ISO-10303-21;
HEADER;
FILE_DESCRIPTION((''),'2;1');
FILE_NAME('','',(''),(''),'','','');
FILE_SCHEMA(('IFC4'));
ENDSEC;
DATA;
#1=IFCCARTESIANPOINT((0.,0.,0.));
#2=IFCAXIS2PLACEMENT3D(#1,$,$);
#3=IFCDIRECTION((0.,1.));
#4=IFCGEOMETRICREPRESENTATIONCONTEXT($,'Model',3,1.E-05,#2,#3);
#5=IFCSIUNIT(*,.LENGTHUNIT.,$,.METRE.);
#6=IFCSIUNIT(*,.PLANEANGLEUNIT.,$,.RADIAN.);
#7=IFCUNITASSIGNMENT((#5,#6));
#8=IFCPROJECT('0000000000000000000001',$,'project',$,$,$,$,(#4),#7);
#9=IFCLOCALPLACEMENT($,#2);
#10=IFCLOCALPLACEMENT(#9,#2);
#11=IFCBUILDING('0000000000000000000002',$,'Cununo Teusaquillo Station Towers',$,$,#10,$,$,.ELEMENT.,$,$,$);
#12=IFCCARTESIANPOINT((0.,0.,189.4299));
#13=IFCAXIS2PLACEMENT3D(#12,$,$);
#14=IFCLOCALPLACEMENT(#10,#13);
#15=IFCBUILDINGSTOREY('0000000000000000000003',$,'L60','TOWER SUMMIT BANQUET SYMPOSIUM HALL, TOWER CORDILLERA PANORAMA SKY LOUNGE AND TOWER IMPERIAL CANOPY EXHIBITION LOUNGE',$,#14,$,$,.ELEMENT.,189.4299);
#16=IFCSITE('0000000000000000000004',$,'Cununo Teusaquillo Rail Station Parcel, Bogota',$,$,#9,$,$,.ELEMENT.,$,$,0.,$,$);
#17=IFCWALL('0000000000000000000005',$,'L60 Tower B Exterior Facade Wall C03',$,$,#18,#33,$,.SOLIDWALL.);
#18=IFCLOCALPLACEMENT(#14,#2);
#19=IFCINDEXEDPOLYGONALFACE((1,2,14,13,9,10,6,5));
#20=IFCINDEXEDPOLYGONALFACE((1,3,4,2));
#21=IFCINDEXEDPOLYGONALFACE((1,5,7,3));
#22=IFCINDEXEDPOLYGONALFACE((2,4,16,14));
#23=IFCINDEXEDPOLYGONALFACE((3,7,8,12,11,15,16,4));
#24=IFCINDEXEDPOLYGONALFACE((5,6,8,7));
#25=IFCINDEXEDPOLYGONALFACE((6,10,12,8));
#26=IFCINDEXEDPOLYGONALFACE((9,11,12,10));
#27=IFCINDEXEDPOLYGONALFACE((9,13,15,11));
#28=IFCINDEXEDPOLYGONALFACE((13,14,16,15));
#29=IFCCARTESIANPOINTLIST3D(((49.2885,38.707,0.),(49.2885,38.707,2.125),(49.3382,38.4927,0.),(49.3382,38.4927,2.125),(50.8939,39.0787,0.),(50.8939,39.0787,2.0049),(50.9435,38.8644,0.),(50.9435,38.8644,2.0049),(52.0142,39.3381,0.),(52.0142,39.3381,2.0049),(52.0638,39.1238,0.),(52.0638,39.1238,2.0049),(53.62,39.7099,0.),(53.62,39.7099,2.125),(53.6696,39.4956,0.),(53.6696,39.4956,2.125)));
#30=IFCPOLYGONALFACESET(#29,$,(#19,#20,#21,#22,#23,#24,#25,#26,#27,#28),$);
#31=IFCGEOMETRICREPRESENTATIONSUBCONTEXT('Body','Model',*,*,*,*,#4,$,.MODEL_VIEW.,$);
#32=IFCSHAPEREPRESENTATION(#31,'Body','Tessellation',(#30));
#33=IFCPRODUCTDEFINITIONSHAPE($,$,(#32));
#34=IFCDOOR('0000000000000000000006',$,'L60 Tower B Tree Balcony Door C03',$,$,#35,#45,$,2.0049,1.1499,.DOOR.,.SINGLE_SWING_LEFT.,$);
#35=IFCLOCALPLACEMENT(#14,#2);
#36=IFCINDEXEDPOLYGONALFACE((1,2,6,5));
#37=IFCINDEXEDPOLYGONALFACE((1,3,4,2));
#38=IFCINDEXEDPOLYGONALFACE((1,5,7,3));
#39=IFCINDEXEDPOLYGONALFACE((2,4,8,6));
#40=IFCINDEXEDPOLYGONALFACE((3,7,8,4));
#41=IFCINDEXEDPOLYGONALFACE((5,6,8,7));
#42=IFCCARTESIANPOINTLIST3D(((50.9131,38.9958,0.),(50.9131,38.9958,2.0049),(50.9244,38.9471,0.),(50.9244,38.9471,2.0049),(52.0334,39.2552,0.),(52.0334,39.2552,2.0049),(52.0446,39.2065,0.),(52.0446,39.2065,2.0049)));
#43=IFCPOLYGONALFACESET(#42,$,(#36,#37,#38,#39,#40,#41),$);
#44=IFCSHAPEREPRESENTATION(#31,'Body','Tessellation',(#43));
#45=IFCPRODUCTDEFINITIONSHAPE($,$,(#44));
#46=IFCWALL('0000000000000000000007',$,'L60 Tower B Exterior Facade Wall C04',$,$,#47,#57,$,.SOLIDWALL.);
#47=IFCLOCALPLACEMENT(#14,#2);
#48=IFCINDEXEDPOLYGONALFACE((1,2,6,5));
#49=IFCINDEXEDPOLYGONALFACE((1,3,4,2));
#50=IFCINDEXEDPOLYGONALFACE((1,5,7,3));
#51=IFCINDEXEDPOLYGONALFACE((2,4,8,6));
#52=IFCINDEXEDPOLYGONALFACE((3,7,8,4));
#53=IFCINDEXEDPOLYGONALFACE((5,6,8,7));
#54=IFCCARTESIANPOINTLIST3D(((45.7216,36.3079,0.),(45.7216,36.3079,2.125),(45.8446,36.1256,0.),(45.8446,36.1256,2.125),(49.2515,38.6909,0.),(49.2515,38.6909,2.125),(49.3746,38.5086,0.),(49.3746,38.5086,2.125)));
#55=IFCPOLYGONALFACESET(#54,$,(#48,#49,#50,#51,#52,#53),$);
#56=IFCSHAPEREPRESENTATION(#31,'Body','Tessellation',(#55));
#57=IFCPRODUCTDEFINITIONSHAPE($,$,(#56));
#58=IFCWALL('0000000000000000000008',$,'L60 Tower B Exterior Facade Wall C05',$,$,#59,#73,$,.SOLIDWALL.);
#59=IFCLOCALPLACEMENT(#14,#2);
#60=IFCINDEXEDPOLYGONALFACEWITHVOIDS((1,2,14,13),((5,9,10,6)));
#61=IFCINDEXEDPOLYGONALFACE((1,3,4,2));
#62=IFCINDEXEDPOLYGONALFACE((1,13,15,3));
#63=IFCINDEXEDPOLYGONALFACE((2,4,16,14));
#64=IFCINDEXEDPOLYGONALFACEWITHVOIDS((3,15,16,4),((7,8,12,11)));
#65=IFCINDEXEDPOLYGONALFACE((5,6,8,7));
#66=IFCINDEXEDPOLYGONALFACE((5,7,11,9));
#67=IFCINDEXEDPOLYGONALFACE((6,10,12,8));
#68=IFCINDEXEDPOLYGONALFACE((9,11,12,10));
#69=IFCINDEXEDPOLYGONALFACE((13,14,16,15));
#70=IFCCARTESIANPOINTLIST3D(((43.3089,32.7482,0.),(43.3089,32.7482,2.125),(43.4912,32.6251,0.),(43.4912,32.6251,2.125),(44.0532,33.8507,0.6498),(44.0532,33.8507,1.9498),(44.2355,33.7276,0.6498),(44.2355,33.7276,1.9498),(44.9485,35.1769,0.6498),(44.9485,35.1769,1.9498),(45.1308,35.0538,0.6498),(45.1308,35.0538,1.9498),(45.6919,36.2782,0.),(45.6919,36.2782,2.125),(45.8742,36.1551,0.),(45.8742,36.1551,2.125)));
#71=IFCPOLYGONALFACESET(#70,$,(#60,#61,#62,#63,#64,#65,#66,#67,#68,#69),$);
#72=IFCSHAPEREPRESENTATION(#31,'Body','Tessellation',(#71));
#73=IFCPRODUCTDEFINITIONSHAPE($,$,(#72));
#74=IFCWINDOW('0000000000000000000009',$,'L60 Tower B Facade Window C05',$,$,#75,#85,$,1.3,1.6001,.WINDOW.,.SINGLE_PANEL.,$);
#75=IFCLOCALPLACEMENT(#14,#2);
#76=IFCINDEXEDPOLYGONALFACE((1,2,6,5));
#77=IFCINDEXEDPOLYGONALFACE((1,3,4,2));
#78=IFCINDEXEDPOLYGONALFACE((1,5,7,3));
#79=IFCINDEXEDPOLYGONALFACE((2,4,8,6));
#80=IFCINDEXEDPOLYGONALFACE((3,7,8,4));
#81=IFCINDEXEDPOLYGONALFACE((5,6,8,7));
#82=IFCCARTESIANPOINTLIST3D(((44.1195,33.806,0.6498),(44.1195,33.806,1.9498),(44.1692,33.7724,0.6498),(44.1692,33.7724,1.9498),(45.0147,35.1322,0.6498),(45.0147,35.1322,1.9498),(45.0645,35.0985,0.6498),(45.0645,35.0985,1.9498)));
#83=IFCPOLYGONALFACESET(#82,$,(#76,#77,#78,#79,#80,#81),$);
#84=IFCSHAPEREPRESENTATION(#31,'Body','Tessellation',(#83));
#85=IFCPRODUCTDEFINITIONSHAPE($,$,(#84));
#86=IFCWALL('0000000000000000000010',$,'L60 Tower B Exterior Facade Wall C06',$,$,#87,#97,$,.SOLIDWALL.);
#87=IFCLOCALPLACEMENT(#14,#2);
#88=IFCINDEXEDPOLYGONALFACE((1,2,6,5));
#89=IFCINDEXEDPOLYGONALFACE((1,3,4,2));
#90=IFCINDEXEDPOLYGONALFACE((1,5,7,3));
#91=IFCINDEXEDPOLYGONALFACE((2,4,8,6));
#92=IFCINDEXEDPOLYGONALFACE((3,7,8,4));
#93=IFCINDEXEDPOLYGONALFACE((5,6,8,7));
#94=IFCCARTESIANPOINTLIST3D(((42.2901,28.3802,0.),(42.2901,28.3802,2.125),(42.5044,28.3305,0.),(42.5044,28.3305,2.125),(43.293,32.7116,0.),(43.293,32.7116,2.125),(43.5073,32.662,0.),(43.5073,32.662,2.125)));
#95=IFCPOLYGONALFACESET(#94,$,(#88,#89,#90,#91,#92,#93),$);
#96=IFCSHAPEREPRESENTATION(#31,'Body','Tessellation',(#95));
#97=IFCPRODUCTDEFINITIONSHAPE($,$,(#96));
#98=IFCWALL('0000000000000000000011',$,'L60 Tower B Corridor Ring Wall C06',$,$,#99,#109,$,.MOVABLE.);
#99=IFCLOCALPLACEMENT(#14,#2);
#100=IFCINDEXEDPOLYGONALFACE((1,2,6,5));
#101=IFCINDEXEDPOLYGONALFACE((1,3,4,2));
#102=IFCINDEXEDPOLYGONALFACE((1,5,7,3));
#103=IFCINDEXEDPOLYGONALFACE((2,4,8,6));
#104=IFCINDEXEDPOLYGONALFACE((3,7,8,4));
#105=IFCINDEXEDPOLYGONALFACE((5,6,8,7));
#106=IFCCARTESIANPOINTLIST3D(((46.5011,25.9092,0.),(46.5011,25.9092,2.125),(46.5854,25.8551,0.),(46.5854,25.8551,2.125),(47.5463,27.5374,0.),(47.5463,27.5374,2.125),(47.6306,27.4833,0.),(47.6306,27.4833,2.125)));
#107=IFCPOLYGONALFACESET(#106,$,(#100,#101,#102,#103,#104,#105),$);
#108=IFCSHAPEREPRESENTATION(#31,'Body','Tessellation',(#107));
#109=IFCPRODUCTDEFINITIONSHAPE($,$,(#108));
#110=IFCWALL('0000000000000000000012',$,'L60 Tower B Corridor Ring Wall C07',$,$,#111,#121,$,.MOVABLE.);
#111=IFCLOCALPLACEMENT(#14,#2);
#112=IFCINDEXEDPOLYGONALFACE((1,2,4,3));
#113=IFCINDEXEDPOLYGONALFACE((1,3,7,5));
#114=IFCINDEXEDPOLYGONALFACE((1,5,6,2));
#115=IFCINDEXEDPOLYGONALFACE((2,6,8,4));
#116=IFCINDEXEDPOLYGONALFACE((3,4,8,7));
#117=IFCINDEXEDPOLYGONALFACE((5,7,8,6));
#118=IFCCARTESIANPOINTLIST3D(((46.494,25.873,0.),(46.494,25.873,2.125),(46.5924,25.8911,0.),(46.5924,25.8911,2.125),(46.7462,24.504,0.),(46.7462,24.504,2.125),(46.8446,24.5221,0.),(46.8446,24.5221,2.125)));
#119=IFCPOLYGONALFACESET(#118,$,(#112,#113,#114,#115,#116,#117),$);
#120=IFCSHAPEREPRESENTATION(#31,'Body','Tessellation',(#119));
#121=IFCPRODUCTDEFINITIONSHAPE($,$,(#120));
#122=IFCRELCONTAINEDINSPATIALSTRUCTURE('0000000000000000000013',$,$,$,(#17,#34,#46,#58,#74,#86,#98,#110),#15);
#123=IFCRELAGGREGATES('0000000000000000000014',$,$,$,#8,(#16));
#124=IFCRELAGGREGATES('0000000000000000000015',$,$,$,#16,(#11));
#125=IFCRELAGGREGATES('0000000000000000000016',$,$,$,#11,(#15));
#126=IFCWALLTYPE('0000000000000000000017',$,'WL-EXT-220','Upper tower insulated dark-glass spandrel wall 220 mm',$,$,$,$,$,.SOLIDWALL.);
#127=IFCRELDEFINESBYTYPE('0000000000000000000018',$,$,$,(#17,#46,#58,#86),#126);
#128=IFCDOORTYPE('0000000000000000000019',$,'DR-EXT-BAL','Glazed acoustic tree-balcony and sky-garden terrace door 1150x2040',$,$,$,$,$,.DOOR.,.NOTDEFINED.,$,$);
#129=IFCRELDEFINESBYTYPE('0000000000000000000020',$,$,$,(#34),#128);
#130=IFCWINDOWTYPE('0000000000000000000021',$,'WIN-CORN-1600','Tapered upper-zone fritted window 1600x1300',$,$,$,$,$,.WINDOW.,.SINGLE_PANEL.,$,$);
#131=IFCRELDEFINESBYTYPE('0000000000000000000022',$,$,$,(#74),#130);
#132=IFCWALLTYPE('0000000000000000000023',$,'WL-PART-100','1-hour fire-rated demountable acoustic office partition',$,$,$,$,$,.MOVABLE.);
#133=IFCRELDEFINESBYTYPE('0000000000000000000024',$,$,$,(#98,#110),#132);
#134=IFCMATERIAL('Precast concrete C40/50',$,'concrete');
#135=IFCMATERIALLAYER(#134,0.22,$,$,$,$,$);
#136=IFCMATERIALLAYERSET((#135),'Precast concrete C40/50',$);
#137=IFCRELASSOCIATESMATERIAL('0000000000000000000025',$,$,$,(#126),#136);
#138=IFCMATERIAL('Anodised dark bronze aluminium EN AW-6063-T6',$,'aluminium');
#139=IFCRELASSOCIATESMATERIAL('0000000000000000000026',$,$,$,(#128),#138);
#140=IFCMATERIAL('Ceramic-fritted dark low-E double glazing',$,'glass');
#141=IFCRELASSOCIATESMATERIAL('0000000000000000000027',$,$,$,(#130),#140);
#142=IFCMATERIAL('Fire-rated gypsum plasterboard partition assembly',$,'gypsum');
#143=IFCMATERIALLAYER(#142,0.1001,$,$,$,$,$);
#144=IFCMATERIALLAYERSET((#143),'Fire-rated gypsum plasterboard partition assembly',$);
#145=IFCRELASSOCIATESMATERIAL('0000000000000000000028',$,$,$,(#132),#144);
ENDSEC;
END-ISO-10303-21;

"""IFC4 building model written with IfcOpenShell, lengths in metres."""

from ifc_helpers import new_model, si_unit, direction, frame, frame_2d, origin, place, context, subcontext, project, spatial, rectangle, extrude, source, transform, mapped, material, layer, layer_set, type_object, element, fill, save


model = new_model("IFC4")

# Units and contexts
model_context = context("Model", 3, precision=1e-05, world=origin(), true_north=direction((0.0, 1.0)))
body_context = subcontext(model_context, "Body", "Model", "MODEL_VIEW")
ifc_project = project(units=[si_unit("LENGTHUNIT", "METRE"), si_unit("PLANEANGLEUNIT", "RADIAN")], contexts=[model_context])

# Site, building, storey
site_placement = place(None, origin())
site = spatial("IfcSite", under=ifc_project, at=site_placement, Name="Cununo Teusaquillo Rail Station Parcel, Bogota", CompositionType="ELEMENT", RefElevation=0.0)
building_placement = place(site_placement, origin())
building = spatial("IfcBuilding", under=site, at=building_placement, Name="Cununo Teusaquillo Station Towers", CompositionType="ELEMENT")
storey_placement = place(building_placement, frame((0.0, 0.0, 189.4299)))
storey = spatial("IfcBuildingStorey", under=building, at=storey_placement, Name="L60", Description="TOWER SUMMIT BANQUET SYMPOSIUM HALL, TOWER CORDILLERA PANORAMA SKY LOUNGE AND TOWER IMPERIAL CANOPY EXHIBITION LOUNGE", CompositionType="ELEMENT", Elevation=189.4299)

# Wall, opening, door
ifc_material_1 = material(Name="Precast concrete C40/50", Category="concrete")
ifc_layer_1 = layer(ifc_material_1, 0.22)
ifc_layer_set_1 = layer_set([ifc_layer_1], Name="Precast concrete C40/50")
wall_type_1 = type_object("IfcWallType", Name="WL-EXT-220", Description="Upper tower insulated dark-glass spandrel wall 220 mm", PredefinedType="SOLIDWALL", material=ifc_layer_set_1)
wall_1_placement = place(storey_placement, frame((49.3132, 38.5999, 0.0), z_axis=(0.0, 0.0, 1.0), x_axis=(0.974226, 0.225573, 0.0)))
wall_1 = element("IfcWall", 1, at=wall_1_placement, inside=storey, type_object=wall_type_1, Name="L60 Tower B Exterior Facade Wall C03", PredefinedType="SOLIDWALL", context=body_context, shape_type="SweptSolid", body=[
    extrude(rectangle(XDim=4.446, YDim=0.22, at=frame_2d((2.2231, 0.0))), origin(), (0.0, 0.0, 1.0), 2.125),
])
shared_shape_1 = source(origin(), body_context, "Body", "SweptSolid", [
    extrude(rectangle(XDim=1.1499, YDim=2.0049, at=frame_2d((0.575, 1.0024))), frame((0.0, 0.1199, 0.0), z_axis=(0.0, -1.0, 0.0), x_axis=(1.0, 0.0, 0.0)), (0.0, 0.0, 1.0), 0.24),
])
opening_1_placement = place(wall_1_placement, frame((1.6479, 0.0, 0.0)))
opening_1 = element("IfcOpeningElement", 2, at=opening_1_placement, cuts=wall_1, PredefinedType="OPENING", context=body_context, shape_type="MappedRepresentation", body=[
    mapped(shared_shape_1, transform((0.0, 0.0, 0.0), x_axis=(1.0, 0.0, 0.0), y_axis=(0.0, 1.0, 0.0), z_axis=(0.0, 0.0, 1.0), scale=1.0)),
])
ifc_material_2 = material(Name="Anodised dark bronze aluminium EN AW-6063-T6", Category="aluminium")
door_type = type_object("IfcDoorType", Name="DR-EXT-BAL", Description="Glazed acoustic tree-balcony and sky-garden terrace door 1150x2040", OperationType="NOTDEFINED", PredefinedType="DOOR", material=ifc_material_2)
shared_shape_2 = source(origin(), body_context, "Body", "SweptSolid", [
    extrude(rectangle(XDim=1.1499, YDim=2.0049, at=frame_2d((0.575, 1.0024))), frame((0.0, 0.0249, 0.0), z_axis=(0.0, -1.0, 0.0), x_axis=(1.0, 0.0, 0.0)), (0.0, 0.0, 1.0), 0.05),
])
door_placement = place(opening_1_placement, origin())
door = element("IfcDoor", 3, at=door_placement, inside=storey, type_object=door_type, Name="L60 Tower B Tree Balcony Door C03", OperationType="SINGLE_SWING_LEFT", OverallHeight=2.0049, OverallWidth=1.1499, PredefinedType="DOOR", context=body_context, shape_type="MappedRepresentation", body=[
    mapped(shared_shape_2, transform((0.0, 0.0, 0.0), x_axis=(1.0, 0.0, 0.0), y_axis=(0.0, 1.0, 0.0), z_axis=(0.0, 0.0, 1.0), scale=1.0)),
])
fill(opening_1, door)

# Wall
wall_2_placement = place(storey_placement, frame((45.7832, 36.2168, 0.0), z_axis=(0.0, 0.0, 1.0), x_axis=(0.828817, 0.559519, 0.0)))
element("IfcWall", 4, at=wall_2_placement, inside=storey, type_object=wall_type_1, Name="L60 Tower B Exterior Facade Wall C04", PredefinedType="SOLIDWALL", context=body_context, shape_type="SweptSolid", body=[
    extrude(rectangle(XDim=4.259, YDim=0.22, at=frame_2d((2.1294, 0.0))), origin(), (0.0, 0.0, 1.0), 2.125),
])

# Wall, opening, window
wall_3_placement = place(storey_placement, frame((43.4001, 32.6868, 0.0), z_axis=(0.0, 0.0, 1.0), x_axis=(0.559519, 0.828817, 0.0)))
wall_3 = element("IfcWall", 5, at=wall_3_placement, inside=storey, type_object=wall_type_1, Name="L60 Tower B Exterior Facade Wall C05", PredefinedType="SOLIDWALL", context=body_context, shape_type="SweptSolid", body=[
    extrude(rectangle(XDim=4.259, YDim=0.22, at=frame_2d((2.1294, 0.0))), origin(), (0.0, 0.0, 1.0), 2.125),
])
shared_shape_3 = source(origin(), body_context, "Body", "SweptSolid", [
    extrude(rectangle(XDim=1.6001, YDim=1.3, at=frame_2d((0.8, 0.6499))), frame((0.0, 0.1199, 0.0), z_axis=(0.0, -1.0, 0.0), x_axis=(1.0, 0.0, 0.0)), (0.0, 0.0, 1.0), 0.24),
])
opening_2_placement = place(wall_3_placement, frame((1.3301, 0.0, 0.6499)))
opening_2 = element("IfcOpeningElement", 6, at=opening_2_placement, cuts=wall_3, PredefinedType="OPENING", context=body_context, shape_type="MappedRepresentation", body=[
    mapped(shared_shape_3, transform((0.0, 0.0, 0.0), x_axis=(1.0, 0.0, 0.0), y_axis=(0.0, 1.0, 0.0), z_axis=(0.0, 0.0, 1.0), scale=1.0)),
])
ifc_material_3 = material(Name="Ceramic-fritted dark low-E double glazing", Category="glass")
window_type = type_object("IfcWindowType", Name="WIN-CORN-1600", Description="Tapered upper-zone fritted window 1600x1300", PartitioningType="SINGLE_PANEL", PredefinedType="WINDOW", material=ifc_material_3)
shared_shape_4 = source(origin(), body_context, "Body", "SweptSolid", [
    extrude(rectangle(XDim=1.6001, YDim=1.3, at=frame_2d((0.8, 0.6499))), frame((0.0, 0.03, 0.0), z_axis=(0.0, -1.0, 0.0), x_axis=(1.0, 0.0, 0.0)), (0.0, 0.0, 1.0), 0.0601),
])
window_placement = place(opening_2_placement, origin())
window = element("IfcWindow", 7, at=window_placement, inside=storey, type_object=window_type, Name="L60 Tower B Facade Window C05", OverallHeight=1.3, OverallWidth=1.6001, PartitioningType="SINGLE_PANEL", PredefinedType="WINDOW", context=body_context, shape_type="MappedRepresentation", body=[
    mapped(shared_shape_4, transform((0.0, 0.0, 0.0), x_axis=(1.0, 0.0, 0.0), y_axis=(0.0, 1.0, 0.0), z_axis=(0.0, 0.0, 1.0), scale=1.0)),
])
fill(opening_2, window)

# Walls
wall_4_placement = place(storey_placement, frame((42.3972, 28.3552, 0.0), z_axis=(0.0, 0.0, 1.0), x_axis=(0.225573, 0.974226, 0.0)))
element("IfcWall", 8, at=wall_4_placement, inside=storey, type_object=wall_type_1, Name="L60 Tower B Exterior Facade Wall C06", PredefinedType="SOLIDWALL", context=body_context, shape_type="SweptSolid", body=[
    extrude(rectangle(XDim=4.446, YDim=0.22, at=frame_2d((2.2231, 0.0))), origin(), (0.0, 0.0, 1.0), 2.125),
])
ifc_material_4 = material(Name="Fire-rated gypsum plasterboard partition assembly", Category="gypsum")
ifc_layer_2 = layer(ifc_material_4, 0.1001)
ifc_layer_set_2 = layer_set([ifc_layer_2], Name="Fire-rated gypsum plasterboard partition assembly")
wall_type_2 = type_object("IfcWallType", Name="WL-PART-100", Description="1-hour fire-rated demountable acoustic office partition", PredefinedType="MOVABLE", material=ifc_layer_set_2)
wall_5_placement = place(storey_placement, frame((47.5884, 27.5103, 0.0), z_axis=(0.0, 0.0, 1.0), x_axis=(-0.540203, -0.841535, 0.0)))
element("IfcWall", 9, at=wall_5_placement, inside=storey, type_object=wall_type_2, Name="L60 Tower B Corridor Ring Wall C06", PredefinedType="MOVABLE", context=body_context, shape_type="SweptSolid", body=[
    extrude(rectangle(XDim=1.9348, YDim=0.1001, at=frame_2d((0.9673, 0.0))), origin(), (0.0, 0.0, 1.0), 2.125),
])
wall_6_placement = place(storey_placement, frame((46.5432, 25.8821, 0.0), z_axis=(0.0, 0.0, 1.0), x_axis=(0.181154, -0.983455, 0.0)))
element("IfcWall", 10, at=wall_6_placement, inside=storey, type_object=wall_type_2, Name="L60 Tower B Corridor Ring Wall C07", PredefinedType="MOVABLE", context=body_context, shape_type="SweptSolid", body=[
    extrude(rectangle(XDim=1.3921, YDim=0.1001, at=frame_2d((0.696, 0.0))), origin(), (0.0, 0.0, 1.0), 2.125),
])

save(model, "model.ifc")
